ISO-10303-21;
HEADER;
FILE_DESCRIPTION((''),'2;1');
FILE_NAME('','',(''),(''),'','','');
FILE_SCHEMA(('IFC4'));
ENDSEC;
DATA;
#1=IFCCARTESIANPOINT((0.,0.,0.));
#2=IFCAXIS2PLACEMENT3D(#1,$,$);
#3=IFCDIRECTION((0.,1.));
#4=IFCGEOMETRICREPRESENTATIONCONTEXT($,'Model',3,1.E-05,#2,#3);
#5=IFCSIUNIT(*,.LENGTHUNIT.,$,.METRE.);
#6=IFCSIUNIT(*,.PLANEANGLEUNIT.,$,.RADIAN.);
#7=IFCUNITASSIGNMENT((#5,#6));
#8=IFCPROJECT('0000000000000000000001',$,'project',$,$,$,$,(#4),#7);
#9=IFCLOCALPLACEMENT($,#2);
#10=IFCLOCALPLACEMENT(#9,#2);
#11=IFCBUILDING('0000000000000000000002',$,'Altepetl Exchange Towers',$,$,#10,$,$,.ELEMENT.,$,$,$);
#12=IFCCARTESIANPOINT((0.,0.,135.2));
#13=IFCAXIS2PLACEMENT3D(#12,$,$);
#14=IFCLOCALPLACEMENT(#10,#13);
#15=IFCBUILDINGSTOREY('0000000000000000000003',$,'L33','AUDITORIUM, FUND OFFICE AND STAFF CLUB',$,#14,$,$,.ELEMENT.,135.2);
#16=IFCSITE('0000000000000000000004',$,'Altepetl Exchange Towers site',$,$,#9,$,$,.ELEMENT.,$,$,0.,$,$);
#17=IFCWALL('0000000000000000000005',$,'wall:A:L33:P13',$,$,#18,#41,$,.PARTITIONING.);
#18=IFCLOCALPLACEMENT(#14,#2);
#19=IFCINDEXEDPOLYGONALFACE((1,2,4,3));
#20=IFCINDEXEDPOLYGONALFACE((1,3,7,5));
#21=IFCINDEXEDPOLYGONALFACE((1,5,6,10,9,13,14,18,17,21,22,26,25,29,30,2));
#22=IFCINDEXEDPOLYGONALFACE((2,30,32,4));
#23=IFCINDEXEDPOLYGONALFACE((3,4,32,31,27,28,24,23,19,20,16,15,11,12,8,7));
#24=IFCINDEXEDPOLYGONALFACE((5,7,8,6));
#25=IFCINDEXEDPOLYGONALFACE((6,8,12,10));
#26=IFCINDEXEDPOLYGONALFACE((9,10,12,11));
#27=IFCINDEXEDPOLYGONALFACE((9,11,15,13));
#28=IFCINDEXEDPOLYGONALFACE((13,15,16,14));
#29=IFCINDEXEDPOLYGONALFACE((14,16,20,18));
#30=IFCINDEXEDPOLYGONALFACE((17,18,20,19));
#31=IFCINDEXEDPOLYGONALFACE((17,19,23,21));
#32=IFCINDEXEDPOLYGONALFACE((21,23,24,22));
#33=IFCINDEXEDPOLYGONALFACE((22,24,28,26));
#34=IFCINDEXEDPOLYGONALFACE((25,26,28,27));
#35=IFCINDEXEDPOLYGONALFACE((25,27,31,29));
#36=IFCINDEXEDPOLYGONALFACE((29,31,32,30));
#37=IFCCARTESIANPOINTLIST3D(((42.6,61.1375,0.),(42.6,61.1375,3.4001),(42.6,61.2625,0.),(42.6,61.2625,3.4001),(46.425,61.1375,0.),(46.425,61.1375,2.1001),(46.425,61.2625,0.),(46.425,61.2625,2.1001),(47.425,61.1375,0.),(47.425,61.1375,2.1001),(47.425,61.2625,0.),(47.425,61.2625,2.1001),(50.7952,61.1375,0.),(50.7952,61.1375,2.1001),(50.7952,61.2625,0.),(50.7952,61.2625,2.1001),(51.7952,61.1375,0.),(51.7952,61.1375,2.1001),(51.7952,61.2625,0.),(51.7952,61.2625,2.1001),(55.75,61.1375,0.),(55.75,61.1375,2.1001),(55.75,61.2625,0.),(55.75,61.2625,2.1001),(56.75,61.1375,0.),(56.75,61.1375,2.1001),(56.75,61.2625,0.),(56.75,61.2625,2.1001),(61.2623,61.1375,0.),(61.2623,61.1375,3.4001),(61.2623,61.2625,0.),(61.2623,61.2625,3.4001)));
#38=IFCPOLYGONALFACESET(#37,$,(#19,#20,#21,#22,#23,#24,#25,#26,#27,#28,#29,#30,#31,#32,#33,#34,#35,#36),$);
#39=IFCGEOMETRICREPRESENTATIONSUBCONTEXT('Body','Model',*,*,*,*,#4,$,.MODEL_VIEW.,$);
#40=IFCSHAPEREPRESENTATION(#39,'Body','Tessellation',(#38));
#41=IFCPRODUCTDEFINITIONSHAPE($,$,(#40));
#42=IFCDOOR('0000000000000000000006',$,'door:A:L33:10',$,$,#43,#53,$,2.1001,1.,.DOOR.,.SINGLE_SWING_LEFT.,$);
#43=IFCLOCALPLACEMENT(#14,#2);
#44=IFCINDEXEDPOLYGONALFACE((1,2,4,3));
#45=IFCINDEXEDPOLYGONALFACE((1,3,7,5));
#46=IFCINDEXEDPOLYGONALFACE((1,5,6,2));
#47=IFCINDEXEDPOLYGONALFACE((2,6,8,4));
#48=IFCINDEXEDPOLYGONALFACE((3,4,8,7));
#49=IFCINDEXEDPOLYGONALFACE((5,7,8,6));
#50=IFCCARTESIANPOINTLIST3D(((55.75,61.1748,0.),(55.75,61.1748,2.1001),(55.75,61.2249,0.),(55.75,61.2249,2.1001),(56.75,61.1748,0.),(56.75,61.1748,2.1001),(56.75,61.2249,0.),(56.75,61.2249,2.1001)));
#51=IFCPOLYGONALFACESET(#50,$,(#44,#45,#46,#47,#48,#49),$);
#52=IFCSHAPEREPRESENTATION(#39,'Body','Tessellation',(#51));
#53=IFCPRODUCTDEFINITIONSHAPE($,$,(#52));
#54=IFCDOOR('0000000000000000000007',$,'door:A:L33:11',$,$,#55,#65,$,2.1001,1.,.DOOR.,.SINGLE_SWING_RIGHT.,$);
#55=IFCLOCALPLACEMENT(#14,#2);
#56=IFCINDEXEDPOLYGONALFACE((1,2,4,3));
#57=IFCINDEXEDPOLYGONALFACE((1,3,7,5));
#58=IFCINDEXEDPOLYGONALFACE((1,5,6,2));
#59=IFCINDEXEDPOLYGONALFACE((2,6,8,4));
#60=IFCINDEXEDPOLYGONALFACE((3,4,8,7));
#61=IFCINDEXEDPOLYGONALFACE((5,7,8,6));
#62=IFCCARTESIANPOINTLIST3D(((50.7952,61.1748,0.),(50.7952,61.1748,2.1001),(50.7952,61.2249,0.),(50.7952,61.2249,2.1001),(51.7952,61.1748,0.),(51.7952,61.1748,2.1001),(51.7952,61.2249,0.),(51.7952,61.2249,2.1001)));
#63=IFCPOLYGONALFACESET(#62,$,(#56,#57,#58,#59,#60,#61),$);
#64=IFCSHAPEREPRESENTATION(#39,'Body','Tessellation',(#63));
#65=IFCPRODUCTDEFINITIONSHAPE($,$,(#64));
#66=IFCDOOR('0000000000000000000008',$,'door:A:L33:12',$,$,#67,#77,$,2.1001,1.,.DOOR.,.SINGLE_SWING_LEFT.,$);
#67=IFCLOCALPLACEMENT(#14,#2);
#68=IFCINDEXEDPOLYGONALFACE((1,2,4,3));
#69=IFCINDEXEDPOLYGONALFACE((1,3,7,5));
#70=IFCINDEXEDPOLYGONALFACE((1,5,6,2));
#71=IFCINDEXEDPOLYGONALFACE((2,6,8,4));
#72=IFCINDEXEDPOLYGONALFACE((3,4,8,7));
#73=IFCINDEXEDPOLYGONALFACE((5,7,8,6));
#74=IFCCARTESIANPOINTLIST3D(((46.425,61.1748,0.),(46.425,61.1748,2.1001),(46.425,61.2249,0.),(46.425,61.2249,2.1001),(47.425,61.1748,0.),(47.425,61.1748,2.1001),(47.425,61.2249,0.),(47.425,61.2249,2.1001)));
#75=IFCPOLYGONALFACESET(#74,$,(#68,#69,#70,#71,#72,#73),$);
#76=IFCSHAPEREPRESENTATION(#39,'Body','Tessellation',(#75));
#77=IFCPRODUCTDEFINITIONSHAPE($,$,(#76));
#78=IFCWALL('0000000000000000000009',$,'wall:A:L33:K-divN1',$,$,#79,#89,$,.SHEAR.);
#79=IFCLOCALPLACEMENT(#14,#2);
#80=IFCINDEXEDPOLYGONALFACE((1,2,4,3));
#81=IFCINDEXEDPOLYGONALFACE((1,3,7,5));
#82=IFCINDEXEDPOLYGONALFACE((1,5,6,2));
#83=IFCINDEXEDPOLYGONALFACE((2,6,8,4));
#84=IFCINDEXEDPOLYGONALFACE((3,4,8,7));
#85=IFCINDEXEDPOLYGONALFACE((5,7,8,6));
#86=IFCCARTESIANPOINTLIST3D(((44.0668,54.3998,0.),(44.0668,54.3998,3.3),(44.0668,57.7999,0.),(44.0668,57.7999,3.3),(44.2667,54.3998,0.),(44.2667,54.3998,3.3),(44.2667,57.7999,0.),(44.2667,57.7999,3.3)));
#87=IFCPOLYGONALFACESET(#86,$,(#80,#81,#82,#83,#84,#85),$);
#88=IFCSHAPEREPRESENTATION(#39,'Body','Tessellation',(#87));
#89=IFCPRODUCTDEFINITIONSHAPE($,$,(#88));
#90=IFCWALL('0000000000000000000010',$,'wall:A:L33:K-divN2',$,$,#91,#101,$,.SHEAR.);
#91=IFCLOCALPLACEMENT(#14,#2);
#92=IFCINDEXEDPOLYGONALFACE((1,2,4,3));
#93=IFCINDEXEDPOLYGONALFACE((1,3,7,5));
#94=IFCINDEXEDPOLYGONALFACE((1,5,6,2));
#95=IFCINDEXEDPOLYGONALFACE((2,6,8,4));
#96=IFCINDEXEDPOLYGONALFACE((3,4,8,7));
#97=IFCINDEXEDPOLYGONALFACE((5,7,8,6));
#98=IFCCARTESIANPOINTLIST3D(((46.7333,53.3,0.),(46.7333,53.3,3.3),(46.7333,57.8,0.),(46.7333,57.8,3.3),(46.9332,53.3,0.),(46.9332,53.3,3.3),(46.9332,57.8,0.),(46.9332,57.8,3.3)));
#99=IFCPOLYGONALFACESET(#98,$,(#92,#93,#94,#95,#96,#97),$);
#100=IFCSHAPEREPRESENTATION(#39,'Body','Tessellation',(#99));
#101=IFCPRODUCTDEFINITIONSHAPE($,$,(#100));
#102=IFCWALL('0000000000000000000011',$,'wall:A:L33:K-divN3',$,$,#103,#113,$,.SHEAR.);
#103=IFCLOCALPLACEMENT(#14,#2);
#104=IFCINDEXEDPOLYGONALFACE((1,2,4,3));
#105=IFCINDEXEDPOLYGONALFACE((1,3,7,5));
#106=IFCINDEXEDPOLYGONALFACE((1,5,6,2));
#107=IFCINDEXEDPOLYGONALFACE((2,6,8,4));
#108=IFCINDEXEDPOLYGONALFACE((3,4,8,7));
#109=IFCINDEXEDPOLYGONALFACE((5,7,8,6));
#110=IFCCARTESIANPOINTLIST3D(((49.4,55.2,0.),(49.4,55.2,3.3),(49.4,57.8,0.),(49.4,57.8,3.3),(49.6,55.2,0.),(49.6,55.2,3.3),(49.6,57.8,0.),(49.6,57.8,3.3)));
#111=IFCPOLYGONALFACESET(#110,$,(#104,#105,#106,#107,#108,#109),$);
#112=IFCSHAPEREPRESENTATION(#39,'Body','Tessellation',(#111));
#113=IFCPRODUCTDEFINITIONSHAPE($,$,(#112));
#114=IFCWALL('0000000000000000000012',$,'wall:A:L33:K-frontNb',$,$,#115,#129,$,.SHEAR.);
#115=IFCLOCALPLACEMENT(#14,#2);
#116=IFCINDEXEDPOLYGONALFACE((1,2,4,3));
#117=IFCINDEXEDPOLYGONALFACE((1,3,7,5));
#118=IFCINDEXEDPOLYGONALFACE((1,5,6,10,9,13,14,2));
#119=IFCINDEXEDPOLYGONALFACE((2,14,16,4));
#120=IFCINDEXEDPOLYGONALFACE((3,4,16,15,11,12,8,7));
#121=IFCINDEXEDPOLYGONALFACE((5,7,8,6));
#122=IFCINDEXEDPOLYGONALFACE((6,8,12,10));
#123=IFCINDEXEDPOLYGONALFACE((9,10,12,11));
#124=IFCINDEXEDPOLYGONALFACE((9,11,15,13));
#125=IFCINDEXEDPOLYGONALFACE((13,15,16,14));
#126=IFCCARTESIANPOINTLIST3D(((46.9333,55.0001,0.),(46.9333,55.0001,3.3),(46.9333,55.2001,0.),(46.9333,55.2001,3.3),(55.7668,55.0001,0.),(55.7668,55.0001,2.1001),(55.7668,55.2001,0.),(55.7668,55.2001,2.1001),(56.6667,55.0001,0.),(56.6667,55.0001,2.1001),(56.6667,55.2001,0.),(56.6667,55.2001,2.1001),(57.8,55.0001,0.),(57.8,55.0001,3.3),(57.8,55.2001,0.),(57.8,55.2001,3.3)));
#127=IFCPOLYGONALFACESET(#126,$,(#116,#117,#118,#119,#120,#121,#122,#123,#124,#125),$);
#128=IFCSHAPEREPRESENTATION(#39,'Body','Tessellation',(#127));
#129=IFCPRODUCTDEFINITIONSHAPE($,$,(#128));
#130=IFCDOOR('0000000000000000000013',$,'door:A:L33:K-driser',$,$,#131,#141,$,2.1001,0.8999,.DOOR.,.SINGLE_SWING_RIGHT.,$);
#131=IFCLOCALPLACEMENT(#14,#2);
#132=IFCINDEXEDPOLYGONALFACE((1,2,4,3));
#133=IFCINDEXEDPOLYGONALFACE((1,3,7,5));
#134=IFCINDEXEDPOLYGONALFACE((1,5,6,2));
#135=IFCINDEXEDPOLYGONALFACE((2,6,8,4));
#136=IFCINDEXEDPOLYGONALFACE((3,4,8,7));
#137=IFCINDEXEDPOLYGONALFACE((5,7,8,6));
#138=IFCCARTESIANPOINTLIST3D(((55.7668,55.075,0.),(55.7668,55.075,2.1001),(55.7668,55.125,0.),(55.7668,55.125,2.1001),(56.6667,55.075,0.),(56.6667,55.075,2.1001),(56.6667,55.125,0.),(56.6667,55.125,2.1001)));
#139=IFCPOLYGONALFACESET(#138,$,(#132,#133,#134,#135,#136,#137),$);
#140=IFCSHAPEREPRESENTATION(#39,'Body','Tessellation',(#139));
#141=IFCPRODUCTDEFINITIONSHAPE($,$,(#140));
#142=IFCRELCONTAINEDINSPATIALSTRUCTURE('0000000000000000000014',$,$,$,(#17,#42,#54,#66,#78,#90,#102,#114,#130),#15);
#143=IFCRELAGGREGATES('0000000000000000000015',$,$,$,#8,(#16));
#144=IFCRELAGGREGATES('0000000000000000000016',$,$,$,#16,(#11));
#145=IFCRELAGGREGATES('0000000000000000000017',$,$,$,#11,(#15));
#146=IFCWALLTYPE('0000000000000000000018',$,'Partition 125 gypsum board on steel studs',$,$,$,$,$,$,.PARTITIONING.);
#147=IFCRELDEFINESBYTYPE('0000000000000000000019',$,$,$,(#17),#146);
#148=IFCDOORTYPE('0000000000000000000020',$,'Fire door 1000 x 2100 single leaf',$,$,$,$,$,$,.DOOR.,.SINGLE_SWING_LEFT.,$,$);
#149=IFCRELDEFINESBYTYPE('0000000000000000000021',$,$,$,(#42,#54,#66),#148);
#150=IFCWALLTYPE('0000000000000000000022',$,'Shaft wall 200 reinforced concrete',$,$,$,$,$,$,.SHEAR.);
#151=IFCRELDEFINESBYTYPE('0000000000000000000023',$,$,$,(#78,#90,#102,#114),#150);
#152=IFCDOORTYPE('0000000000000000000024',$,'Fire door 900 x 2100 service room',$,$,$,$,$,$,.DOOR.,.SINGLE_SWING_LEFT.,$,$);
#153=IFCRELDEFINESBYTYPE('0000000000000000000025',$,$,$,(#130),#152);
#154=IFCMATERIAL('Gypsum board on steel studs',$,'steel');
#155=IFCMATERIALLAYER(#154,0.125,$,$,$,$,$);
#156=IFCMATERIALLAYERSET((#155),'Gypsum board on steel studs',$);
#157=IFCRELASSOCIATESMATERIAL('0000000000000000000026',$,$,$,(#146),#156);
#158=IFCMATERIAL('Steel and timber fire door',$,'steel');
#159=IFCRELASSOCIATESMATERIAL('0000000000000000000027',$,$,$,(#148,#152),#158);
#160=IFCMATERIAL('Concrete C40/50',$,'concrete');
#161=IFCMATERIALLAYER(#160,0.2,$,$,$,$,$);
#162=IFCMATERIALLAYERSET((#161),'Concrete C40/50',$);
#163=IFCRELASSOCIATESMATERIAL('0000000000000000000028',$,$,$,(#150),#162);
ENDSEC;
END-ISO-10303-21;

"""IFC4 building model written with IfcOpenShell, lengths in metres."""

from ifc_helpers import new_model, si_unit, direction, frame, frame_2d, origin, place, context, subcontext, project, spatial, rectangle, extrude, material, layer, layer_set, type_object, element, fill, save


model = new_model("IFC4")

# Units and contexts
model_context = context("Model", 3, precision=1e-05, world=origin(), true_north=direction((0.0, 1.0)))
body_context = subcontext(model_context, "Body", "Model", "MODEL_VIEW")
ifc_project = project(units=[si_unit("LENGTHUNIT", "METRE"), si_unit("PLANEANGLEUNIT", "RADIAN")], contexts=[model_context])

# Site, building, storey
site_placement = place(None, origin())
site = spatial("IfcSite", under=ifc_project, at=site_placement, Name="Altepetl Exchange Towers site", CompositionType="ELEMENT", RefElevation=0.0)
building_placement = place(site_placement, origin())
building = spatial("IfcBuilding", under=site, at=building_placement, Name="Altepetl Exchange Towers", CompositionType="ELEMENT")
storey_placement = place(building_placement, frame((0.0, 0.0, 135.2)))
storey = spatial("IfcBuildingStorey", under=building, at=storey_placement, Name="L33", Description="AUDITORIUM, FUND OFFICE AND STAFF CLUB", CompositionType="ELEMENT", Elevation=135.2)

# Shared definitions
ifc_material_1 = material(Name="Steel and timber fire door", Category="steel")

# Wall, openings, doors
ifc_material_2 = material(Name="Gypsum board on steel studs", Category="steel")
ifc_layer_1 = layer(ifc_material_2, 0.125)
ifc_layer_set_1 = layer_set([ifc_layer_1], Name="Gypsum board on steel studs")
wall_type_1 = type_object("IfcWallType", Name="Partition 125 gypsum board on steel studs", PredefinedType="PARTITIONING", material=ifc_layer_set_1)
wall_1_placement = place(storey_placement, frame((42.6001, 61.2, 0.0)))
wall_1 = element("IfcWall", 1, at=wall_1_placement, inside=storey, type_object=wall_type_1, Name="wall:A:L33:P13", PredefinedType="PARTITIONING", context=body_context, shape_type="SweptSolid", body=[
    extrude(rectangle(XDim=18.6624, YDim=0.125, at=frame_2d((9.3311, 0.0))), origin(), (0.0, 0.0, 1.0), 3.4001),
])
opening_1_placement = place(wall_1_placement, frame((13.1499, 0.0, 0.0)))
opening_1 = element("IfcOpeningElement", 2, at=opening_1_placement, cuts=wall_1, PredefinedType="OPENING", context=body_context, shape_type="SweptSolid", body=[
    extrude(rectangle(XDim=1.0, YDim=2.1001, at=frame_2d((0.5, 1.05))), frame((0.0, 0.0725, 0.0), z_axis=(0.0, -1.0, 0.0), x_axis=(1.0, 0.0, 0.0)), (0.0, 0.0, 1.0), 0.145),
])
opening_2_placement = place(wall_1_placement, frame((8.1951, 0.0, 0.0)))
opening_2 = element("IfcOpeningElement", 3, at=opening_2_placement, cuts=wall_1, PredefinedType="OPENING", context=body_context, shape_type="SweptSolid", body=[
    extrude(rectangle(XDim=1.0, YDim=2.1001, at=frame_2d((0.5, 1.05))), frame((0.0, 0.0725, 0.0), z_axis=(0.0, -1.0, 0.0), x_axis=(1.0, 0.0, 0.0)), (0.0, 0.0, 1.0), 0.145),
])
opening_3_placement = place(wall_1_placement, frame((3.825, 0.0, 0.0)))
opening_3 = element("IfcOpeningElement", 4, at=opening_3_placement, cuts=wall_1, PredefinedType="OPENING", context=body_context, shape_type="SweptSolid", body=[
    extrude(rectangle(XDim=1.0, YDim=2.1001, at=frame_2d((0.5, 1.05))), frame((0.0, 0.0725, 0.0), z_axis=(0.0, -1.0, 0.0), x_axis=(1.0, 0.0, 0.0)), (0.0, 0.0, 1.0), 0.145),
])
door_type_1 = type_object("IfcDoorType", Name="Fire door 1000 x 2100 single leaf", OperationType="SINGLE_SWING_LEFT", PredefinedType="DOOR", material=ifc_material_1)
door_1_placement = place(opening_1_placement, origin())
door_1 = element("IfcDoor", 5, at=door_1_placement, inside=storey, type_object=door_type_1, Name="door:A:L33:10", OperationType="SINGLE_SWING_LEFT", OverallHeight=2.1001, OverallWidth=1.0, PredefinedType="DOOR", context=body_context, shape_type="SweptSolid", body=[
    extrude(rectangle(XDim=1.0, YDim=2.1001, at=frame_2d((0.5, 1.05))), frame((0.0, 0.0249, 0.0), z_axis=(0.0, -1.0, 0.0), x_axis=(1.0, 0.0, 0.0)), (0.0, 0.0, 1.0), 0.05),
])
fill(opening_1, door_1)
door_2_placement = place(opening_2_placement, origin())
door_2 = element("IfcDoor", 6, at=door_2_placement, inside=storey, type_object=door_type_1, Name="door:A:L33:11", OperationType="SINGLE_SWING_RIGHT", OverallHeight=2.1001, OverallWidth=1.0, PredefinedType="DOOR", context=body_context, shape_type="SweptSolid", body=[
    extrude(rectangle(XDim=1.0, YDim=2.1001, at=frame_2d((0.5, 1.05))), frame((0.0, 0.0249, 0.0), z_axis=(0.0, -1.0, 0.0), x_axis=(1.0, 0.0, 0.0)), (0.0, 0.0, 1.0), 0.05),
])
fill(opening_2, door_2)
door_3_placement = place(opening_3_placement, origin())
door_3 = element("IfcDoor", 7, at=door_3_placement, inside=storey, type_object=door_type_1, Name="door:A:L33:12", OperationType="SINGLE_SWING_LEFT", OverallHeight=2.1001, OverallWidth=1.0, PredefinedType="DOOR", context=body_context, shape_type="SweptSolid", body=[
    extrude(rectangle(XDim=1.0, YDim=2.1001, at=frame_2d((0.5, 1.05))), frame((0.0, 0.0249, 0.0), z_axis=(0.0, -1.0, 0.0), x_axis=(1.0, 0.0, 0.0)), (0.0, 0.0, 1.0), 0.05),
])
fill(opening_3, door_3)

# Walls
ifc_material_3 = material(Name="Concrete C40/50", Category="concrete")
ifc_layer_2 = layer(ifc_material_3, 0.2)
ifc_layer_set_2 = layer_set([ifc_layer_2], Name="Concrete C40/50")
wall_type_2 = type_object("IfcWallType", Name="Shaft wall 200 reinforced concrete", PredefinedType="SHEAR", material=ifc_layer_set_2)
wall_2_placement = place(storey_placement, frame((44.1667, 57.8, 0.0), z_axis=(0.0, 0.0, 1.0), x_axis=(0.0, -1.0, 0.0)))
element("IfcWall", 8, at=wall_2_placement, inside=storey, type_object=wall_type_2, Name="wall:A:L33:K-divN1", PredefinedType="SHEAR", context=body_context, shape_type="SweptSolid", body=[
    extrude(rectangle(XDim=3.4001, YDim=0.2, at=frame_2d((1.7002, 0.0))), origin(), (0.0, 0.0, 1.0), 3.3),
])
wall_3_placement = place(storey_placement, frame((46.8333, 57.8, 0.0), z_axis=(0.0, 0.0, 1.0), x_axis=(0.0, -1.0, 0.0)))
element("IfcWall", 9, at=wall_3_placement, inside=storey, type_object=wall_type_2, Name="wall:A:L33:K-divN2", PredefinedType="SHEAR", context=body_context, shape_type="SweptSolid", body=[
    extrude(rectangle(XDim=4.5, YDim=0.2, at=frame_2d((2.25, 0.0))), origin(), (0.0, 0.0, 1.0), 3.3),
])
wall_4_placement = place(storey_placement, frame((49.5, 57.8, 0.0), z_axis=(0.0, 0.0, 1.0), x_axis=(0.0, -1.0, 0.0)))
element("IfcWall", 10, at=wall_4_placement, inside=storey, type_object=wall_type_2, Name="wall:A:L33:K-divN3", PredefinedType="SHEAR", context=body_context, shape_type="SweptSolid", body=[
    extrude(rectangle(XDim=2.6001, YDim=0.2, at=frame_2d((1.3, 0.0))), origin(), (0.0, 0.0, 1.0), 3.3),
])

# Wall, opening, door
wall_5_placement = place(storey_placement, frame((46.9333, 55.1001, 0.0)))
wall_5 = element("IfcWall", 11, at=wall_5_placement, inside=storey, type_object=wall_type_2, Name="wall:A:L33:K-frontNb", PredefinedType="SHEAR", context=body_context, shape_type="SweptSolid", body=[
    extrude(rectangle(XDim=10.8667, YDim=0.2, at=frame_2d((5.4333, 0.0))), origin(), (0.0, 0.0, 1.0), 3.3),
])
opening_4_placement = place(wall_5_placement, frame((8.8335, 0.0, 0.0)))
opening_4 = element("IfcOpeningElement", 12, at=opening_4_placement, cuts=wall_5, PredefinedType="OPENING", context=body_context, shape_type="SweptSolid", body=[
    extrude(rectangle(XDim=0.8999, YDim=2.1001, at=frame_2d((0.45, 1.05))), frame((0.0, 0.1099, 0.0), z_axis=(0.0, -1.0, 0.0), x_axis=(1.0, 0.0, 0.0)), (0.0, 0.0, 1.0), 0.22),
])
door_type_2 = type_object("IfcDoorType", Name="Fire door 900 x 2100 service room", OperationType="SINGLE_SWING_LEFT", PredefinedType="DOOR", material=ifc_material_1)
door_4_placement = place(opening_4_placement, origin())
door_4 = element("IfcDoor", 13, at=door_4_placement, inside=storey, type_object=door_type_2, Name="door:A:L33:K-driser", OperationType="SINGLE_SWING_RIGHT", OverallHeight=2.1001, OverallWidth=0.8999, PredefinedType="DOOR", context=body_context, shape_type="SweptSolid", body=[
    extrude(rectangle(XDim=0.8999, YDim=2.1001, at=frame_2d((0.45, 1.05))), frame((0.0, 0.0249, 0.0), z_axis=(0.0, -1.0, 0.0), x_axis=(1.0, 0.0, 0.0)), (0.0, 0.0, 1.0), 0.05),
])
fill(opening_4, door_4)

save(model, "model.ifc")
